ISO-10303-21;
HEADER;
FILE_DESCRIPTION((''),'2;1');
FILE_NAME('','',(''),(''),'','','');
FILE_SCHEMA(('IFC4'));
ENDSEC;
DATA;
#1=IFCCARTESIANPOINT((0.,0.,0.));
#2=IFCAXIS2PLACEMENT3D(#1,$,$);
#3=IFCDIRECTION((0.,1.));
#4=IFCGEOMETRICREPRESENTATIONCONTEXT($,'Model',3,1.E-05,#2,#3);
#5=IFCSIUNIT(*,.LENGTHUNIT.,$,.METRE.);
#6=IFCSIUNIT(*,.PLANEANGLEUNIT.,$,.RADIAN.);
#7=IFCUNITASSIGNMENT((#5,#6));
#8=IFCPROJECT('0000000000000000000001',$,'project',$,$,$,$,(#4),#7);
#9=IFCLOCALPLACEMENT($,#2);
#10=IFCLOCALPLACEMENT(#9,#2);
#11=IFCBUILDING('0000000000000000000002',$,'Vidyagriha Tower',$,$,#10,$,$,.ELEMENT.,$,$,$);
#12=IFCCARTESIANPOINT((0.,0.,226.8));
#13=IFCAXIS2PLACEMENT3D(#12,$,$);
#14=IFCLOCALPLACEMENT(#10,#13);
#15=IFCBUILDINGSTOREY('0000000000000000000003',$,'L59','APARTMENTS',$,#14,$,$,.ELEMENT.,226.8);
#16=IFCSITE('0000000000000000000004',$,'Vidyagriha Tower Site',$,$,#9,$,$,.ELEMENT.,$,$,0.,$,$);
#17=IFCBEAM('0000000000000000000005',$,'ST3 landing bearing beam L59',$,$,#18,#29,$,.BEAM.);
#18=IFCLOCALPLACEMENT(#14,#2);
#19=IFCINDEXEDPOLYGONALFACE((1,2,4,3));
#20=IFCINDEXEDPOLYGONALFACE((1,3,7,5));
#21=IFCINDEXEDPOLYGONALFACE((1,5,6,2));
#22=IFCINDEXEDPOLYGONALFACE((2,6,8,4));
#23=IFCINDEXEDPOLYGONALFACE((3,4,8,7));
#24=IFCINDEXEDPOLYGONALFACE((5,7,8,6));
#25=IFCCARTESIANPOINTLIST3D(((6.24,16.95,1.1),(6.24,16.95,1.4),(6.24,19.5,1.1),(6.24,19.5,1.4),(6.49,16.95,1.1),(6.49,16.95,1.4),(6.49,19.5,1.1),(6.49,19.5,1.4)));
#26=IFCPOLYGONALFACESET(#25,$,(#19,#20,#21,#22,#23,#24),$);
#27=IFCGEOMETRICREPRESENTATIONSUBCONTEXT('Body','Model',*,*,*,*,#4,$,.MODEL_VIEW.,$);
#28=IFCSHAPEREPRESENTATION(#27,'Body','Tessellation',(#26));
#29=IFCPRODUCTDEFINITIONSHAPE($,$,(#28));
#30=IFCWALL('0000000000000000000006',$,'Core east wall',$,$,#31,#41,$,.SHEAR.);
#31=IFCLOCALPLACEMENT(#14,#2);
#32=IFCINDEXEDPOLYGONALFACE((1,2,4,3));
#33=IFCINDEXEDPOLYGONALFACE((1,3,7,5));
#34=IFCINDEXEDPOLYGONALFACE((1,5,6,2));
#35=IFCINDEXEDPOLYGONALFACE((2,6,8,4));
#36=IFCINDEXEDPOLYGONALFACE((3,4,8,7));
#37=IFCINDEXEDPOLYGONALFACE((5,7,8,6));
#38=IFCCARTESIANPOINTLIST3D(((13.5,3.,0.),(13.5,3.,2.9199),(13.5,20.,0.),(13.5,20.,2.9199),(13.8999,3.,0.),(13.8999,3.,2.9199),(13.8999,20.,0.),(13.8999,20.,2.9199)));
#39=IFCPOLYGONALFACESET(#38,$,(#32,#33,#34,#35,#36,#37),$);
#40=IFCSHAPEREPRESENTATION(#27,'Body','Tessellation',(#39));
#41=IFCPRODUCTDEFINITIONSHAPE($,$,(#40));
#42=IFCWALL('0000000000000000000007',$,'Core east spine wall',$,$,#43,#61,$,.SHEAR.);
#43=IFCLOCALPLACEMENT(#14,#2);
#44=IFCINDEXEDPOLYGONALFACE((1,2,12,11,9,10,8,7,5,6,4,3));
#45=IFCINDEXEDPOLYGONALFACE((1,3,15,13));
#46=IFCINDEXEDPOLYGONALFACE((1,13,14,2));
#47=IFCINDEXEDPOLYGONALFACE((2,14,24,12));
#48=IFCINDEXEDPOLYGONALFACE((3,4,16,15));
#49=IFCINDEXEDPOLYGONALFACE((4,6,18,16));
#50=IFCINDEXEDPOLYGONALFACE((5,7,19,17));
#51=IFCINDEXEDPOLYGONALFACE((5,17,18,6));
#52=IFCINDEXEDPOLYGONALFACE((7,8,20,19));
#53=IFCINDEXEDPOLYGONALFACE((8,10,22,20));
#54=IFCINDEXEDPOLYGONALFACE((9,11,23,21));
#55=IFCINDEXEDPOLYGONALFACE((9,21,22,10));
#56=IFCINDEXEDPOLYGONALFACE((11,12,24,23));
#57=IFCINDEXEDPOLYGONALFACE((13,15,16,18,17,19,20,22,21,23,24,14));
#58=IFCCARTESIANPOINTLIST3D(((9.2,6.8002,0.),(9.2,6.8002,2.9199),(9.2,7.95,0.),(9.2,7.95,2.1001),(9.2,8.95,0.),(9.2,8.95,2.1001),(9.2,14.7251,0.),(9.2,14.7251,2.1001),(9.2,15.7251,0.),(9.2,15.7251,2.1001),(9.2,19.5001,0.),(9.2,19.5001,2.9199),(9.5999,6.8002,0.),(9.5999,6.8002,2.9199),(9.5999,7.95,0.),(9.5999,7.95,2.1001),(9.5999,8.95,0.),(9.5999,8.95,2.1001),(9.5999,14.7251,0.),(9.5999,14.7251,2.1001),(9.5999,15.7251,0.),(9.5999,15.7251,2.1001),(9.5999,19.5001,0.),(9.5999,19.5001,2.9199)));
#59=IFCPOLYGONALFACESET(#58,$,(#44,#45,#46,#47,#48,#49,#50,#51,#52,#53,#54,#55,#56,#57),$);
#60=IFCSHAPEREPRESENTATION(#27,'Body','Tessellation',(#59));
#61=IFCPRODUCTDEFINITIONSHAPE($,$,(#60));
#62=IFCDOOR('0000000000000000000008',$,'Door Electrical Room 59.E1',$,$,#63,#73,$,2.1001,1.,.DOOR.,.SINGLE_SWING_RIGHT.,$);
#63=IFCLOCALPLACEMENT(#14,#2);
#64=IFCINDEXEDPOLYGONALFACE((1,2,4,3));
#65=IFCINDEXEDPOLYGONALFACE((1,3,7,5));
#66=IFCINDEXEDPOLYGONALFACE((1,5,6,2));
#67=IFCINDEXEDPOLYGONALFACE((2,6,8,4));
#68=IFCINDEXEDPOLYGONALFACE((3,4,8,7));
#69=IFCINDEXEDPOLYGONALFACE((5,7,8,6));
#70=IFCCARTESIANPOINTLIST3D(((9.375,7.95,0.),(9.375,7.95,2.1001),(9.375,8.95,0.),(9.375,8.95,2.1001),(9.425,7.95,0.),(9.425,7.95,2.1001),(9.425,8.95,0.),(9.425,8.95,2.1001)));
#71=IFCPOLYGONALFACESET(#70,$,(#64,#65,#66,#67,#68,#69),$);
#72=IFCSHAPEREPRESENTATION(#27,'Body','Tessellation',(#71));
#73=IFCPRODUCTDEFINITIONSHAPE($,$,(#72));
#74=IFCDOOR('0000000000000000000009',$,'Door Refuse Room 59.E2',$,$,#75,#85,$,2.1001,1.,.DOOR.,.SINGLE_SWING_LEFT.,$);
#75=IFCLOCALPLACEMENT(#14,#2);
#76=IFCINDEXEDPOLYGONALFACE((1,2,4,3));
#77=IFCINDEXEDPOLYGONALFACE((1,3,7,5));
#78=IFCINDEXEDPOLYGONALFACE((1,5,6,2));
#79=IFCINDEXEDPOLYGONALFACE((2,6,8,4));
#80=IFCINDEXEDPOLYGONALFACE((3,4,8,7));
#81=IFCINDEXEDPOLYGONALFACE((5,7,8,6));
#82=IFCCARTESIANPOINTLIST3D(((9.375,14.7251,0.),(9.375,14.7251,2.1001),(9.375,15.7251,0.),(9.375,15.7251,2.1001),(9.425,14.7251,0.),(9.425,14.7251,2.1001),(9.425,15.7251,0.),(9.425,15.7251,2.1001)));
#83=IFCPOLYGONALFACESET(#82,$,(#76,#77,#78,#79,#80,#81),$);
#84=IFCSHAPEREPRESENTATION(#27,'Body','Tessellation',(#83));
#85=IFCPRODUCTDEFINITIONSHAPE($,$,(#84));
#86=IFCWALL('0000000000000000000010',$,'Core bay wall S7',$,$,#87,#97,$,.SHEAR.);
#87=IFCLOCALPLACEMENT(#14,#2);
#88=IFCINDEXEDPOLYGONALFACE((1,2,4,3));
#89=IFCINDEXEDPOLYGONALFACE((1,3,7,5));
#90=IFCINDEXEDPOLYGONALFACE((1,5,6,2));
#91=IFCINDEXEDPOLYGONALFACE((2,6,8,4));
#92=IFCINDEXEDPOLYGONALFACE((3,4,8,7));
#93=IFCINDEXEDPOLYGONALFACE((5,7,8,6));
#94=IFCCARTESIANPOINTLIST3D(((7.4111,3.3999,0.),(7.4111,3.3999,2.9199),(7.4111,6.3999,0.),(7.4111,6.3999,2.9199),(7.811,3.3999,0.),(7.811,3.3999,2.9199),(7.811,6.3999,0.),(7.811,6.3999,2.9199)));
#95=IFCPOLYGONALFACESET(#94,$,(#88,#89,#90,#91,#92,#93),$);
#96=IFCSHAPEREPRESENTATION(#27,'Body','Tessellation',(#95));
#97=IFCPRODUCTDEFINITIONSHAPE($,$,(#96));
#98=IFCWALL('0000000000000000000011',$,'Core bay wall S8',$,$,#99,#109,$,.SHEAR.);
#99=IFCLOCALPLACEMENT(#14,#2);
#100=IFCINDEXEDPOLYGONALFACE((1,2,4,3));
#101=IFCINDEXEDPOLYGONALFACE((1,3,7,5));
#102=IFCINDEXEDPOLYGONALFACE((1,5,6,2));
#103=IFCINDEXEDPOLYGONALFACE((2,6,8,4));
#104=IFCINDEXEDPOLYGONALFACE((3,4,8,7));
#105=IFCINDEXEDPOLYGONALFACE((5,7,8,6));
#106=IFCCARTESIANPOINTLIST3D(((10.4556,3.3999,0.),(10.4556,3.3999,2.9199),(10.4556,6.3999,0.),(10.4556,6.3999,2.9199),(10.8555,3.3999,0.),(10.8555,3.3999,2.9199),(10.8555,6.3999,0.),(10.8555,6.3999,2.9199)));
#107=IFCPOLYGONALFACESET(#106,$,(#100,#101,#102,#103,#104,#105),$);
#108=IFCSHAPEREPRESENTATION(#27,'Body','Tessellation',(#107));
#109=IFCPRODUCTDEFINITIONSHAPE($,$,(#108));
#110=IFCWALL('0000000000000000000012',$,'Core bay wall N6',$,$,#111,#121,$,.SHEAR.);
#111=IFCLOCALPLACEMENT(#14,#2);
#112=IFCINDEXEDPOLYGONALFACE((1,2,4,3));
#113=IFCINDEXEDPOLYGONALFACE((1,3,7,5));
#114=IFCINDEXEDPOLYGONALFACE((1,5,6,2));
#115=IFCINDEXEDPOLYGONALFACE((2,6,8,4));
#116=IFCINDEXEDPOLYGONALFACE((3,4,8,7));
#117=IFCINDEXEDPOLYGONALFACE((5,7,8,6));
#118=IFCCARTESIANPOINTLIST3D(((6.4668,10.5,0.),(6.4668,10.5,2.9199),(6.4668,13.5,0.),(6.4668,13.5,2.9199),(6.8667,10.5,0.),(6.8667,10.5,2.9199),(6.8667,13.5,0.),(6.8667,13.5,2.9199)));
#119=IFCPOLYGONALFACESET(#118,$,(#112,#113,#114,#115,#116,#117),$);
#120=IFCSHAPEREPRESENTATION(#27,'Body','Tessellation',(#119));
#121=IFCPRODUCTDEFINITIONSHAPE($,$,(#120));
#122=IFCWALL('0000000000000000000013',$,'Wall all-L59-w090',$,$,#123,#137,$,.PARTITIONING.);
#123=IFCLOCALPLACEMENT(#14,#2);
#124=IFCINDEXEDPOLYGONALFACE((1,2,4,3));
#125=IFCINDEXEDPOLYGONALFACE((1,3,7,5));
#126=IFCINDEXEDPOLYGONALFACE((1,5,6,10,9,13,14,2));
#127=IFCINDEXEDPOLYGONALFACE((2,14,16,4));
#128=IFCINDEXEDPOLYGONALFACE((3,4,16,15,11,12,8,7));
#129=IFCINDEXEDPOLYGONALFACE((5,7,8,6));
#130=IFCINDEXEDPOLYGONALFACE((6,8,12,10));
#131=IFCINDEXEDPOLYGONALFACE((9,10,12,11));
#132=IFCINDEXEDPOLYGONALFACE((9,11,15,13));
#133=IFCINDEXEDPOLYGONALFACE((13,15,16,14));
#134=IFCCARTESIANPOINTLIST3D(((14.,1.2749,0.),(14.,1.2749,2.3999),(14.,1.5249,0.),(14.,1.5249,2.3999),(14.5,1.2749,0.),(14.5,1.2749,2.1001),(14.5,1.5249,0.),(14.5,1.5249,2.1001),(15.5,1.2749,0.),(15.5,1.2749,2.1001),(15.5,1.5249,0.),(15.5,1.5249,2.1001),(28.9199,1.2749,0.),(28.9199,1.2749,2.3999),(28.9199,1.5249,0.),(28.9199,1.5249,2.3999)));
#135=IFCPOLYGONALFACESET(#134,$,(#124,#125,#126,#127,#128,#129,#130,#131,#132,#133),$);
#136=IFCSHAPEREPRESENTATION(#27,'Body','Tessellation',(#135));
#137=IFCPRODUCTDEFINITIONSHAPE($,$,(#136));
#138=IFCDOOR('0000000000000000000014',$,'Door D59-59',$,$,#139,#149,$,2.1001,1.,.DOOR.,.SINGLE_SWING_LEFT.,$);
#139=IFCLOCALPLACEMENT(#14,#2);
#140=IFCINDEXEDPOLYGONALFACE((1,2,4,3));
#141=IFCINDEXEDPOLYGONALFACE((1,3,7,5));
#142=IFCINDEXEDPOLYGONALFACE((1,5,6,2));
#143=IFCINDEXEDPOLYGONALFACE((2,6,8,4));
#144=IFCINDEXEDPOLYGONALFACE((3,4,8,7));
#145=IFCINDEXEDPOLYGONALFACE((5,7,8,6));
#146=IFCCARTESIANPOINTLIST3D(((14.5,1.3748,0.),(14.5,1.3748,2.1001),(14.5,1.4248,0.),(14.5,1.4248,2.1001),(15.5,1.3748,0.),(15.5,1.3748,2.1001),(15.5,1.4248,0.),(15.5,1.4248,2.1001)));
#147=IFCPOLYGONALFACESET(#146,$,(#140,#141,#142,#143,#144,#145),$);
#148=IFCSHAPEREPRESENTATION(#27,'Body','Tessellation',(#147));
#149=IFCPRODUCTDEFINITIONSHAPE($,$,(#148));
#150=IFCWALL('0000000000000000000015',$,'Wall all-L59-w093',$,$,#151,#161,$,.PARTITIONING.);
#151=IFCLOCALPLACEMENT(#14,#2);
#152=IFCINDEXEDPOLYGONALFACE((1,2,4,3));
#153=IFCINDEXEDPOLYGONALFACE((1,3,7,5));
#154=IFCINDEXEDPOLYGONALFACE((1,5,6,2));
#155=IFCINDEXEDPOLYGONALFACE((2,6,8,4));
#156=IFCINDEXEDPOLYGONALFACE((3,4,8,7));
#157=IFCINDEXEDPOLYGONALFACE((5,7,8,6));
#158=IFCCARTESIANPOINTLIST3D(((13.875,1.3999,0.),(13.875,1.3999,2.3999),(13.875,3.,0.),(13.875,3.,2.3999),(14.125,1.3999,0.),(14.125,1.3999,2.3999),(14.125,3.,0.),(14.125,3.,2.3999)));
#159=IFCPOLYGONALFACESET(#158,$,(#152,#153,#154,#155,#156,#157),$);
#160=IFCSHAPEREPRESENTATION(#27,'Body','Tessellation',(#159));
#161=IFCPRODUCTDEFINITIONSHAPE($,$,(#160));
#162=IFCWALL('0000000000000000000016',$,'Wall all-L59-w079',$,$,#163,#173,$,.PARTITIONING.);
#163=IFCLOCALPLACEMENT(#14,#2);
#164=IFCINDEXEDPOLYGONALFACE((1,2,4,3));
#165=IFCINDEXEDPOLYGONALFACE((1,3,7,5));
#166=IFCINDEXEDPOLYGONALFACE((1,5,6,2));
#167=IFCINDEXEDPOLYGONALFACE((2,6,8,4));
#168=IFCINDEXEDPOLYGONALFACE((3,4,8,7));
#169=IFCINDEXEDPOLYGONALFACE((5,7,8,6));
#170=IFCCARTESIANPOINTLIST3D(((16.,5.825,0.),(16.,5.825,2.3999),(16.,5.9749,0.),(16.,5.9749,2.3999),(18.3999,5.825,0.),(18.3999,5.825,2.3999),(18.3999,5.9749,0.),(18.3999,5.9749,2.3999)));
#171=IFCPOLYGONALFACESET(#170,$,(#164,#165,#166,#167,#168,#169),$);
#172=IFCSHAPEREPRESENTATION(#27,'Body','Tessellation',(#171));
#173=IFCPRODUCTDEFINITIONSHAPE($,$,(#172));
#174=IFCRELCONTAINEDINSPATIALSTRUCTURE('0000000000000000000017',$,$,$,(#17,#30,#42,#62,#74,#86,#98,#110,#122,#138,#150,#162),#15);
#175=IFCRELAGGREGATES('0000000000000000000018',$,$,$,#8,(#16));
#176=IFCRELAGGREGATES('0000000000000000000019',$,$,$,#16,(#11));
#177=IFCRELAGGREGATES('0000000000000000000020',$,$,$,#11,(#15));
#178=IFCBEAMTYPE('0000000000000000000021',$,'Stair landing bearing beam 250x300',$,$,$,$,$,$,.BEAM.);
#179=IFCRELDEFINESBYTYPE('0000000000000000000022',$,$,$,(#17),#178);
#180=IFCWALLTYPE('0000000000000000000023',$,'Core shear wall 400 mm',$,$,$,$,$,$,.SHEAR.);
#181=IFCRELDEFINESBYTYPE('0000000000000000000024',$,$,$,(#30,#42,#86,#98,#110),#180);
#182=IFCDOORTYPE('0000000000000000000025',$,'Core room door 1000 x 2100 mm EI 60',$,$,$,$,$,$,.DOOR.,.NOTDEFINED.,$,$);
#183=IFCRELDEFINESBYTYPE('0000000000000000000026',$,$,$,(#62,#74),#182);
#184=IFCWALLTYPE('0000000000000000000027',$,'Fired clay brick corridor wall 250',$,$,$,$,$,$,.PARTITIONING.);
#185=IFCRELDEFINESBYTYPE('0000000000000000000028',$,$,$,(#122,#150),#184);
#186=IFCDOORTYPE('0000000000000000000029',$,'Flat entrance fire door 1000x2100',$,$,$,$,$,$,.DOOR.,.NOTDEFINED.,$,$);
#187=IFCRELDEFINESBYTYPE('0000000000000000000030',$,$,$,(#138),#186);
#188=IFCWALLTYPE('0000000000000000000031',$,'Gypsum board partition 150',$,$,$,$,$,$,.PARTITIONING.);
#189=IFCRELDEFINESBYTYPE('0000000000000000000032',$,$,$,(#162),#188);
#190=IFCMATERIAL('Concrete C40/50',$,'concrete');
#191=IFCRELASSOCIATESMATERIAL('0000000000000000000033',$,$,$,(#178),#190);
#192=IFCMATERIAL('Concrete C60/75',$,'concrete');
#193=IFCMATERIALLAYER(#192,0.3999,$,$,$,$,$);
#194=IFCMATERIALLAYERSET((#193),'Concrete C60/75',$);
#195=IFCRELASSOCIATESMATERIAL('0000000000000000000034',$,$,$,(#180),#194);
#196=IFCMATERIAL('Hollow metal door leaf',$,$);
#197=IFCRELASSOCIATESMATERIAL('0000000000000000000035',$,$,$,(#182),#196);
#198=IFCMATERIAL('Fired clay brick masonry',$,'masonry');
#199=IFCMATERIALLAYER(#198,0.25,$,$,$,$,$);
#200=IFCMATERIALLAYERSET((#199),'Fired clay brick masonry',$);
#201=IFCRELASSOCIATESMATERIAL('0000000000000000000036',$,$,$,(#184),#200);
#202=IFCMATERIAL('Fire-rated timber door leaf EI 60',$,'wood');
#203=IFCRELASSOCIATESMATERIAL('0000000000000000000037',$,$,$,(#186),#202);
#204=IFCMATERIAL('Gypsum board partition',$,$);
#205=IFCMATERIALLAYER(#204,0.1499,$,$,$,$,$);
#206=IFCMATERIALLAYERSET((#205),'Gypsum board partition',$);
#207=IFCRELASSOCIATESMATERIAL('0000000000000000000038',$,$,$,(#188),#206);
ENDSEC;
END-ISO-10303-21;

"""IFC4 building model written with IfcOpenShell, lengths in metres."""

from ifc_helpers import new_model, si_unit, direction, frame, frame_2d, origin, origin_2d, place, context, subcontext, project, spatial, rectangle, extrude, material, layer, layer_set, material_profile, profile_set, type_object, element, fill, save


model = new_model("IFC4")

# Units and contexts
model_context = context("Model", 3, precision=1e-05, world=origin(), true_north=direction((0.0, 1.0)))
body_context = subcontext(model_context, "Body", "Model", "MODEL_VIEW")
ifc_project = project(units=[si_unit("LENGTHUNIT", "METRE"), si_unit("PLANEANGLEUNIT", "RADIAN")], contexts=[model_context])

# Site, building, storey
site_placement = place(None, origin())
site = spatial("IfcSite", under=ifc_project, at=site_placement, Name="Vidyagriha Tower Site", CompositionType="ELEMENT", RefElevation=0.0)
building_placement = place(site_placement, origin())
building = spatial("IfcBuilding", under=site, at=building_placement, Name="Vidyagriha Tower", CompositionType="ELEMENT")
storey_placement = place(building_placement, frame((0.0, 0.0, 226.8)))
storey = spatial("IfcBuildingStorey", under=building, at=storey_placement, Name="L59", Description="APARTMENTS", CompositionType="ELEMENT", Elevation=226.8)

# Beam
ifc_material_1 = material(Name="Concrete C40/50", Category="concrete")
ifc_material_profile = material_profile(ifc_material_1, rectangle(XDim=0.25, YDim=0.3, at=origin_2d()), Name="Stair landing bearing beam 250x300")
ifc_profile_set = profile_set([ifc_material_profile], Name="Concrete C40/50")
beam_type = type_object("IfcBeamType", Name="Stair landing bearing beam 250x300", PredefinedType="BEAM", material=ifc_profile_set)
beam_placement = place(storey_placement, frame((6.365, 16.95, 1.25), z_axis=(0.0, 1.0, 0.0), x_axis=(-1.0, 0.0, 0.0)))
element("IfcBeam", 1, at=beam_placement, inside=storey, type_object=beam_type, Name="ST3 landing bearing beam L59", PredefinedType="BEAM", context=body_context, shape_type="SweptSolid", body=[
    extrude(rectangle(XDim=0.25, YDim=0.3, at=origin_2d()), origin(), (0.0, 0.0, 1.0), 2.55),
])

# Wall
ifc_material_2 = material(Name="Concrete C60/75", Category="concrete")
ifc_layer_1 = layer(ifc_material_2, 0.3999)
ifc_layer_set_1 = layer_set([ifc_layer_1], Name="Concrete C60/75")
wall_type_1 = type_object("IfcWallType", Name="Core shear wall 400 mm", PredefinedType="SHEAR", material=ifc_layer_set_1)
wall_1_placement = place(storey_placement, frame((13.7, 3.0, 0.0), z_axis=(0.0, 0.0, 1.0), x_axis=(0.0, 1.0, 0.0)))
element("IfcWall", 2, at=wall_1_placement, inside=storey, type_object=wall_type_1, Name="Core east wall", PredefinedType="SHEAR", context=body_context, shape_type="SweptSolid", body=[
    extrude(rectangle(XDim=17.0, YDim=0.3999, at=frame_2d((8.5, 0.0))), origin(), (0.0, 0.0, 1.0), 2.9199),
])

# Wall, openings, doors
wall_2_placement = place(storey_placement, frame((9.3999, 6.8, 0.0), z_axis=(0.0, 0.0, 1.0), x_axis=(0.0, 1.0, 0.0)))
wall_2 = element("IfcWall", 3, at=wall_2_placement, inside=storey, type_object=wall_type_1, Name="Core east spine wall", PredefinedType="SHEAR", context=body_context, shape_type="SweptSolid", body=[
    extrude(rectangle(XDim=12.7, YDim=0.3999, at=frame_2d((6.3501, 0.0))), origin(), (0.0, 0.0, 1.0), 2.9199),
])
opening_1_placement = place(wall_2_placement, frame((1.1499, 0.0, 0.0)))
opening_1 = element("IfcOpeningElement", 4, at=opening_1_placement, cuts=wall_2, PredefinedType="OPENING", context=body_context, shape_type="SweptSolid", body=[
    extrude(rectangle(XDim=1.0, YDim=2.1001, at=frame_2d((0.5, 1.05))), frame((0.0, 0.21, 0.0), z_axis=(0.0, -1.0, 0.0), x_axis=(1.0, 0.0, 0.0)), (0.0, 0.0, 1.0), 0.4199),
])
opening_2_placement = place(wall_2_placement, frame((7.925, 0.0, 0.0)))
opening_2 = element("IfcOpeningElement", 5, at=opening_2_placement, cuts=wall_2, PredefinedType="OPENING", context=body_context, shape_type="SweptSolid", body=[
    extrude(rectangle(XDim=1.0, YDim=2.1001, at=frame_2d((0.5, 1.05))), frame((0.0, 0.21, 0.0), z_axis=(0.0, -1.0, 0.0), x_axis=(1.0, 0.0, 0.0)), (0.0, 0.0, 1.0), 0.4199),
])
ifc_material_3 = material(Name="Hollow metal door leaf")
door_type_1 = type_object("IfcDoorType", Name="Core room door 1000 x 2100 mm EI 60", OperationType="NOTDEFINED", PredefinedType="DOOR", material=ifc_material_3)
door_1_placement = place(opening_1_placement, origin())
door_1 = element("IfcDoor", 6, at=door_1_placement, inside=storey, type_object=door_type_1, Name="Door Electrical Room 59.E1", OperationType="SINGLE_SWING_RIGHT", OverallHeight=2.1001, OverallWidth=1.0, PredefinedType="DOOR", context=body_context, shape_type="SweptSolid", body=[
    extrude(rectangle(XDim=1.0, YDim=2.1001, at=frame_2d((0.5, 1.05))), frame((0.0, 0.0249, 0.0), z_axis=(0.0, -1.0, 0.0), x_axis=(1.0, 0.0, 0.0)), (0.0, 0.0, 1.0), 0.05),
])
fill(opening_1, door_1)
door_2_placement = place(opening_2_placement, origin())
door_2 = element("IfcDoor", 7, at=door_2_placement, inside=storey, type_object=door_type_1, Name="Door Refuse Room 59.E2", OperationType="SINGLE_SWING_LEFT", OverallHeight=2.1001, OverallWidth=1.0, PredefinedType="DOOR", context=body_context, shape_type="SweptSolid", body=[
    extrude(rectangle(XDim=1.0, YDim=2.1001, at=frame_2d((0.5, 1.05))), frame((0.0, 0.0249, 0.0), z_axis=(0.0, -1.0, 0.0), x_axis=(1.0, 0.0, 0.0)), (0.0, 0.0, 1.0), 0.05),
])
fill(opening_2, door_2)

# Walls
for number, where, z_axis, x_axis, name in (
    (8, (7.6111, 3.3999, 0.0), (0.0, 0.0, 1.0), (0.0, 1.0, 0.0), "Core bay wall S7"),
    (9, (10.6555, 3.3999, 0.0), (0.0, 0.0, 1.0), (0.0, 1.0, 0.0), "Core bay wall S8"),
    (10, (6.6667, 10.5, 0.0), (0.0, 0.0, 1.0), (0.0, 1.0, 0.0), "Core bay wall N6"),
):
    element("IfcWall", number, at=place(storey_placement, frame(where, z_axis=z_axis, x_axis=x_axis)), inside=storey, type_object=wall_type_1, Name=name, PredefinedType="SHEAR", context=body_context, shape_type="SweptSolid", body=[
        extrude(rectangle(XDim=3.0, YDim=0.3999, at=frame_2d((1.5, 0.0))), origin(), (0.0, 0.0, 1.0), 2.9199),
    ])

# Wall, opening, door
ifc_material_4 = material(Name="Fired clay brick masonry", Category="masonry")
ifc_layer_2 = layer(ifc_material_4, 0.25)
ifc_layer_set_2 = layer_set([ifc_layer_2], Name="Fired clay brick masonry")
wall_type_2 = type_object("IfcWallType", Name="Fired clay brick corridor wall 250", PredefinedType="PARTITIONING", material=ifc_layer_set_2)
wall_3_placement = place(storey_placement, frame((14.0, 1.3999, 0.0)))
wall_3 = element("IfcWall", 11, at=wall_3_placement, inside=storey, type_object=wall_type_2, Name="Wall all-L59-w090", PredefinedType="PARTITIONING", context=body_context, shape_type="SweptSolid", body=[
    extrude(rectangle(XDim=14.9199, YDim=0.25, at=frame_2d((7.46, 0.0))), origin(), (0.0, 0.0, 1.0), 2.3999),
])
opening_3_placement = place(wall_3_placement, frame((0.5, 0.0, 0.0)))
opening_3 = element("IfcOpeningElement", 12, at=opening_3_placement, cuts=wall_3, PredefinedType="OPENING", context=body_context, shape_type="SweptSolid", body=[
    extrude(rectangle(XDim=1.0, YDim=2.1001, at=frame_2d((0.5, 1.05))), frame((0.0, 0.135, 0.0), z_axis=(0.0, -1.0, 0.0), x_axis=(1.0, 0.0, 0.0)), (0.0, 0.0, 1.0), 0.27),
])
ifc_material_5 = material(Name="Fire-rated timber door leaf EI 60", Category="wood")
door_type_2 = type_object("IfcDoorType", Name="Flat entrance fire door 1000x2100", OperationType="NOTDEFINED", PredefinedType="DOOR", material=ifc_material_5)
door_3_placement = place(opening_3_placement, origin())
door_3 = element("IfcDoor", 13, at=door_3_placement, inside=storey, type_object=door_type_2, Name="Door D59-59", OperationType="SINGLE_SWING_LEFT", OverallHeight=2.1001, OverallWidth=1.0, PredefinedType="DOOR", context=body_context, shape_type="SweptSolid", body=[
    extrude(rectangle(XDim=1.0, YDim=2.1001, at=frame_2d((0.5, 1.05))), frame((0.0, 0.0249, 0.0), z_axis=(0.0, -1.0, 0.0), x_axis=(1.0, 0.0, 0.0)), (0.0, 0.0, 1.0), 0.05),
])
fill(opening_3, door_3)

# Walls
wall_4_placement = place(storey_placement, frame((14.0, 1.3999, 0.0), z_axis=(0.0, 0.0, 1.0), x_axis=(0.0, 1.0, 0.0)))
element("IfcWall", 14, at=wall_4_placement, inside=storey, type_object=wall_type_2, Name="Wall all-L59-w093", PredefinedType="PARTITIONING", context=body_context, shape_type="SweptSolid", body=[
    extrude(rectangle(XDim=1.6001, YDim=0.25, at=frame_2d((0.8, 0.0))), origin(), (0.0, 0.0, 1.0), 2.3999),
])
ifc_material_6 = material(Name="Gypsum board partition")
ifc_layer_3 = layer(ifc_material_6, 0.1499)
ifc_layer_set_3 = layer_set([ifc_layer_3], Name="Gypsum board partition")
wall_type_3 = type_object("IfcWallType", Name="Gypsum board partition 150", PredefinedType="PARTITIONING", material=ifc_layer_set_3)
wall_5_placement = place(storey_placement, frame((16.0, 5.8999, 0.0)))
element("IfcWall", 15, at=wall_5_placement, inside=storey, type_object=wall_type_3, Name="Wall all-L59-w079", PredefinedType="PARTITIONING", context=body_context, shape_type="SweptSolid", body=[
    extrude(rectangle(XDim=2.3999, YDim=0.1499, at=frame_2d((1.2, 0.0))), origin(), (0.0, 0.0, 1.0), 2.3999),
])

save(model, "model.ifc")
